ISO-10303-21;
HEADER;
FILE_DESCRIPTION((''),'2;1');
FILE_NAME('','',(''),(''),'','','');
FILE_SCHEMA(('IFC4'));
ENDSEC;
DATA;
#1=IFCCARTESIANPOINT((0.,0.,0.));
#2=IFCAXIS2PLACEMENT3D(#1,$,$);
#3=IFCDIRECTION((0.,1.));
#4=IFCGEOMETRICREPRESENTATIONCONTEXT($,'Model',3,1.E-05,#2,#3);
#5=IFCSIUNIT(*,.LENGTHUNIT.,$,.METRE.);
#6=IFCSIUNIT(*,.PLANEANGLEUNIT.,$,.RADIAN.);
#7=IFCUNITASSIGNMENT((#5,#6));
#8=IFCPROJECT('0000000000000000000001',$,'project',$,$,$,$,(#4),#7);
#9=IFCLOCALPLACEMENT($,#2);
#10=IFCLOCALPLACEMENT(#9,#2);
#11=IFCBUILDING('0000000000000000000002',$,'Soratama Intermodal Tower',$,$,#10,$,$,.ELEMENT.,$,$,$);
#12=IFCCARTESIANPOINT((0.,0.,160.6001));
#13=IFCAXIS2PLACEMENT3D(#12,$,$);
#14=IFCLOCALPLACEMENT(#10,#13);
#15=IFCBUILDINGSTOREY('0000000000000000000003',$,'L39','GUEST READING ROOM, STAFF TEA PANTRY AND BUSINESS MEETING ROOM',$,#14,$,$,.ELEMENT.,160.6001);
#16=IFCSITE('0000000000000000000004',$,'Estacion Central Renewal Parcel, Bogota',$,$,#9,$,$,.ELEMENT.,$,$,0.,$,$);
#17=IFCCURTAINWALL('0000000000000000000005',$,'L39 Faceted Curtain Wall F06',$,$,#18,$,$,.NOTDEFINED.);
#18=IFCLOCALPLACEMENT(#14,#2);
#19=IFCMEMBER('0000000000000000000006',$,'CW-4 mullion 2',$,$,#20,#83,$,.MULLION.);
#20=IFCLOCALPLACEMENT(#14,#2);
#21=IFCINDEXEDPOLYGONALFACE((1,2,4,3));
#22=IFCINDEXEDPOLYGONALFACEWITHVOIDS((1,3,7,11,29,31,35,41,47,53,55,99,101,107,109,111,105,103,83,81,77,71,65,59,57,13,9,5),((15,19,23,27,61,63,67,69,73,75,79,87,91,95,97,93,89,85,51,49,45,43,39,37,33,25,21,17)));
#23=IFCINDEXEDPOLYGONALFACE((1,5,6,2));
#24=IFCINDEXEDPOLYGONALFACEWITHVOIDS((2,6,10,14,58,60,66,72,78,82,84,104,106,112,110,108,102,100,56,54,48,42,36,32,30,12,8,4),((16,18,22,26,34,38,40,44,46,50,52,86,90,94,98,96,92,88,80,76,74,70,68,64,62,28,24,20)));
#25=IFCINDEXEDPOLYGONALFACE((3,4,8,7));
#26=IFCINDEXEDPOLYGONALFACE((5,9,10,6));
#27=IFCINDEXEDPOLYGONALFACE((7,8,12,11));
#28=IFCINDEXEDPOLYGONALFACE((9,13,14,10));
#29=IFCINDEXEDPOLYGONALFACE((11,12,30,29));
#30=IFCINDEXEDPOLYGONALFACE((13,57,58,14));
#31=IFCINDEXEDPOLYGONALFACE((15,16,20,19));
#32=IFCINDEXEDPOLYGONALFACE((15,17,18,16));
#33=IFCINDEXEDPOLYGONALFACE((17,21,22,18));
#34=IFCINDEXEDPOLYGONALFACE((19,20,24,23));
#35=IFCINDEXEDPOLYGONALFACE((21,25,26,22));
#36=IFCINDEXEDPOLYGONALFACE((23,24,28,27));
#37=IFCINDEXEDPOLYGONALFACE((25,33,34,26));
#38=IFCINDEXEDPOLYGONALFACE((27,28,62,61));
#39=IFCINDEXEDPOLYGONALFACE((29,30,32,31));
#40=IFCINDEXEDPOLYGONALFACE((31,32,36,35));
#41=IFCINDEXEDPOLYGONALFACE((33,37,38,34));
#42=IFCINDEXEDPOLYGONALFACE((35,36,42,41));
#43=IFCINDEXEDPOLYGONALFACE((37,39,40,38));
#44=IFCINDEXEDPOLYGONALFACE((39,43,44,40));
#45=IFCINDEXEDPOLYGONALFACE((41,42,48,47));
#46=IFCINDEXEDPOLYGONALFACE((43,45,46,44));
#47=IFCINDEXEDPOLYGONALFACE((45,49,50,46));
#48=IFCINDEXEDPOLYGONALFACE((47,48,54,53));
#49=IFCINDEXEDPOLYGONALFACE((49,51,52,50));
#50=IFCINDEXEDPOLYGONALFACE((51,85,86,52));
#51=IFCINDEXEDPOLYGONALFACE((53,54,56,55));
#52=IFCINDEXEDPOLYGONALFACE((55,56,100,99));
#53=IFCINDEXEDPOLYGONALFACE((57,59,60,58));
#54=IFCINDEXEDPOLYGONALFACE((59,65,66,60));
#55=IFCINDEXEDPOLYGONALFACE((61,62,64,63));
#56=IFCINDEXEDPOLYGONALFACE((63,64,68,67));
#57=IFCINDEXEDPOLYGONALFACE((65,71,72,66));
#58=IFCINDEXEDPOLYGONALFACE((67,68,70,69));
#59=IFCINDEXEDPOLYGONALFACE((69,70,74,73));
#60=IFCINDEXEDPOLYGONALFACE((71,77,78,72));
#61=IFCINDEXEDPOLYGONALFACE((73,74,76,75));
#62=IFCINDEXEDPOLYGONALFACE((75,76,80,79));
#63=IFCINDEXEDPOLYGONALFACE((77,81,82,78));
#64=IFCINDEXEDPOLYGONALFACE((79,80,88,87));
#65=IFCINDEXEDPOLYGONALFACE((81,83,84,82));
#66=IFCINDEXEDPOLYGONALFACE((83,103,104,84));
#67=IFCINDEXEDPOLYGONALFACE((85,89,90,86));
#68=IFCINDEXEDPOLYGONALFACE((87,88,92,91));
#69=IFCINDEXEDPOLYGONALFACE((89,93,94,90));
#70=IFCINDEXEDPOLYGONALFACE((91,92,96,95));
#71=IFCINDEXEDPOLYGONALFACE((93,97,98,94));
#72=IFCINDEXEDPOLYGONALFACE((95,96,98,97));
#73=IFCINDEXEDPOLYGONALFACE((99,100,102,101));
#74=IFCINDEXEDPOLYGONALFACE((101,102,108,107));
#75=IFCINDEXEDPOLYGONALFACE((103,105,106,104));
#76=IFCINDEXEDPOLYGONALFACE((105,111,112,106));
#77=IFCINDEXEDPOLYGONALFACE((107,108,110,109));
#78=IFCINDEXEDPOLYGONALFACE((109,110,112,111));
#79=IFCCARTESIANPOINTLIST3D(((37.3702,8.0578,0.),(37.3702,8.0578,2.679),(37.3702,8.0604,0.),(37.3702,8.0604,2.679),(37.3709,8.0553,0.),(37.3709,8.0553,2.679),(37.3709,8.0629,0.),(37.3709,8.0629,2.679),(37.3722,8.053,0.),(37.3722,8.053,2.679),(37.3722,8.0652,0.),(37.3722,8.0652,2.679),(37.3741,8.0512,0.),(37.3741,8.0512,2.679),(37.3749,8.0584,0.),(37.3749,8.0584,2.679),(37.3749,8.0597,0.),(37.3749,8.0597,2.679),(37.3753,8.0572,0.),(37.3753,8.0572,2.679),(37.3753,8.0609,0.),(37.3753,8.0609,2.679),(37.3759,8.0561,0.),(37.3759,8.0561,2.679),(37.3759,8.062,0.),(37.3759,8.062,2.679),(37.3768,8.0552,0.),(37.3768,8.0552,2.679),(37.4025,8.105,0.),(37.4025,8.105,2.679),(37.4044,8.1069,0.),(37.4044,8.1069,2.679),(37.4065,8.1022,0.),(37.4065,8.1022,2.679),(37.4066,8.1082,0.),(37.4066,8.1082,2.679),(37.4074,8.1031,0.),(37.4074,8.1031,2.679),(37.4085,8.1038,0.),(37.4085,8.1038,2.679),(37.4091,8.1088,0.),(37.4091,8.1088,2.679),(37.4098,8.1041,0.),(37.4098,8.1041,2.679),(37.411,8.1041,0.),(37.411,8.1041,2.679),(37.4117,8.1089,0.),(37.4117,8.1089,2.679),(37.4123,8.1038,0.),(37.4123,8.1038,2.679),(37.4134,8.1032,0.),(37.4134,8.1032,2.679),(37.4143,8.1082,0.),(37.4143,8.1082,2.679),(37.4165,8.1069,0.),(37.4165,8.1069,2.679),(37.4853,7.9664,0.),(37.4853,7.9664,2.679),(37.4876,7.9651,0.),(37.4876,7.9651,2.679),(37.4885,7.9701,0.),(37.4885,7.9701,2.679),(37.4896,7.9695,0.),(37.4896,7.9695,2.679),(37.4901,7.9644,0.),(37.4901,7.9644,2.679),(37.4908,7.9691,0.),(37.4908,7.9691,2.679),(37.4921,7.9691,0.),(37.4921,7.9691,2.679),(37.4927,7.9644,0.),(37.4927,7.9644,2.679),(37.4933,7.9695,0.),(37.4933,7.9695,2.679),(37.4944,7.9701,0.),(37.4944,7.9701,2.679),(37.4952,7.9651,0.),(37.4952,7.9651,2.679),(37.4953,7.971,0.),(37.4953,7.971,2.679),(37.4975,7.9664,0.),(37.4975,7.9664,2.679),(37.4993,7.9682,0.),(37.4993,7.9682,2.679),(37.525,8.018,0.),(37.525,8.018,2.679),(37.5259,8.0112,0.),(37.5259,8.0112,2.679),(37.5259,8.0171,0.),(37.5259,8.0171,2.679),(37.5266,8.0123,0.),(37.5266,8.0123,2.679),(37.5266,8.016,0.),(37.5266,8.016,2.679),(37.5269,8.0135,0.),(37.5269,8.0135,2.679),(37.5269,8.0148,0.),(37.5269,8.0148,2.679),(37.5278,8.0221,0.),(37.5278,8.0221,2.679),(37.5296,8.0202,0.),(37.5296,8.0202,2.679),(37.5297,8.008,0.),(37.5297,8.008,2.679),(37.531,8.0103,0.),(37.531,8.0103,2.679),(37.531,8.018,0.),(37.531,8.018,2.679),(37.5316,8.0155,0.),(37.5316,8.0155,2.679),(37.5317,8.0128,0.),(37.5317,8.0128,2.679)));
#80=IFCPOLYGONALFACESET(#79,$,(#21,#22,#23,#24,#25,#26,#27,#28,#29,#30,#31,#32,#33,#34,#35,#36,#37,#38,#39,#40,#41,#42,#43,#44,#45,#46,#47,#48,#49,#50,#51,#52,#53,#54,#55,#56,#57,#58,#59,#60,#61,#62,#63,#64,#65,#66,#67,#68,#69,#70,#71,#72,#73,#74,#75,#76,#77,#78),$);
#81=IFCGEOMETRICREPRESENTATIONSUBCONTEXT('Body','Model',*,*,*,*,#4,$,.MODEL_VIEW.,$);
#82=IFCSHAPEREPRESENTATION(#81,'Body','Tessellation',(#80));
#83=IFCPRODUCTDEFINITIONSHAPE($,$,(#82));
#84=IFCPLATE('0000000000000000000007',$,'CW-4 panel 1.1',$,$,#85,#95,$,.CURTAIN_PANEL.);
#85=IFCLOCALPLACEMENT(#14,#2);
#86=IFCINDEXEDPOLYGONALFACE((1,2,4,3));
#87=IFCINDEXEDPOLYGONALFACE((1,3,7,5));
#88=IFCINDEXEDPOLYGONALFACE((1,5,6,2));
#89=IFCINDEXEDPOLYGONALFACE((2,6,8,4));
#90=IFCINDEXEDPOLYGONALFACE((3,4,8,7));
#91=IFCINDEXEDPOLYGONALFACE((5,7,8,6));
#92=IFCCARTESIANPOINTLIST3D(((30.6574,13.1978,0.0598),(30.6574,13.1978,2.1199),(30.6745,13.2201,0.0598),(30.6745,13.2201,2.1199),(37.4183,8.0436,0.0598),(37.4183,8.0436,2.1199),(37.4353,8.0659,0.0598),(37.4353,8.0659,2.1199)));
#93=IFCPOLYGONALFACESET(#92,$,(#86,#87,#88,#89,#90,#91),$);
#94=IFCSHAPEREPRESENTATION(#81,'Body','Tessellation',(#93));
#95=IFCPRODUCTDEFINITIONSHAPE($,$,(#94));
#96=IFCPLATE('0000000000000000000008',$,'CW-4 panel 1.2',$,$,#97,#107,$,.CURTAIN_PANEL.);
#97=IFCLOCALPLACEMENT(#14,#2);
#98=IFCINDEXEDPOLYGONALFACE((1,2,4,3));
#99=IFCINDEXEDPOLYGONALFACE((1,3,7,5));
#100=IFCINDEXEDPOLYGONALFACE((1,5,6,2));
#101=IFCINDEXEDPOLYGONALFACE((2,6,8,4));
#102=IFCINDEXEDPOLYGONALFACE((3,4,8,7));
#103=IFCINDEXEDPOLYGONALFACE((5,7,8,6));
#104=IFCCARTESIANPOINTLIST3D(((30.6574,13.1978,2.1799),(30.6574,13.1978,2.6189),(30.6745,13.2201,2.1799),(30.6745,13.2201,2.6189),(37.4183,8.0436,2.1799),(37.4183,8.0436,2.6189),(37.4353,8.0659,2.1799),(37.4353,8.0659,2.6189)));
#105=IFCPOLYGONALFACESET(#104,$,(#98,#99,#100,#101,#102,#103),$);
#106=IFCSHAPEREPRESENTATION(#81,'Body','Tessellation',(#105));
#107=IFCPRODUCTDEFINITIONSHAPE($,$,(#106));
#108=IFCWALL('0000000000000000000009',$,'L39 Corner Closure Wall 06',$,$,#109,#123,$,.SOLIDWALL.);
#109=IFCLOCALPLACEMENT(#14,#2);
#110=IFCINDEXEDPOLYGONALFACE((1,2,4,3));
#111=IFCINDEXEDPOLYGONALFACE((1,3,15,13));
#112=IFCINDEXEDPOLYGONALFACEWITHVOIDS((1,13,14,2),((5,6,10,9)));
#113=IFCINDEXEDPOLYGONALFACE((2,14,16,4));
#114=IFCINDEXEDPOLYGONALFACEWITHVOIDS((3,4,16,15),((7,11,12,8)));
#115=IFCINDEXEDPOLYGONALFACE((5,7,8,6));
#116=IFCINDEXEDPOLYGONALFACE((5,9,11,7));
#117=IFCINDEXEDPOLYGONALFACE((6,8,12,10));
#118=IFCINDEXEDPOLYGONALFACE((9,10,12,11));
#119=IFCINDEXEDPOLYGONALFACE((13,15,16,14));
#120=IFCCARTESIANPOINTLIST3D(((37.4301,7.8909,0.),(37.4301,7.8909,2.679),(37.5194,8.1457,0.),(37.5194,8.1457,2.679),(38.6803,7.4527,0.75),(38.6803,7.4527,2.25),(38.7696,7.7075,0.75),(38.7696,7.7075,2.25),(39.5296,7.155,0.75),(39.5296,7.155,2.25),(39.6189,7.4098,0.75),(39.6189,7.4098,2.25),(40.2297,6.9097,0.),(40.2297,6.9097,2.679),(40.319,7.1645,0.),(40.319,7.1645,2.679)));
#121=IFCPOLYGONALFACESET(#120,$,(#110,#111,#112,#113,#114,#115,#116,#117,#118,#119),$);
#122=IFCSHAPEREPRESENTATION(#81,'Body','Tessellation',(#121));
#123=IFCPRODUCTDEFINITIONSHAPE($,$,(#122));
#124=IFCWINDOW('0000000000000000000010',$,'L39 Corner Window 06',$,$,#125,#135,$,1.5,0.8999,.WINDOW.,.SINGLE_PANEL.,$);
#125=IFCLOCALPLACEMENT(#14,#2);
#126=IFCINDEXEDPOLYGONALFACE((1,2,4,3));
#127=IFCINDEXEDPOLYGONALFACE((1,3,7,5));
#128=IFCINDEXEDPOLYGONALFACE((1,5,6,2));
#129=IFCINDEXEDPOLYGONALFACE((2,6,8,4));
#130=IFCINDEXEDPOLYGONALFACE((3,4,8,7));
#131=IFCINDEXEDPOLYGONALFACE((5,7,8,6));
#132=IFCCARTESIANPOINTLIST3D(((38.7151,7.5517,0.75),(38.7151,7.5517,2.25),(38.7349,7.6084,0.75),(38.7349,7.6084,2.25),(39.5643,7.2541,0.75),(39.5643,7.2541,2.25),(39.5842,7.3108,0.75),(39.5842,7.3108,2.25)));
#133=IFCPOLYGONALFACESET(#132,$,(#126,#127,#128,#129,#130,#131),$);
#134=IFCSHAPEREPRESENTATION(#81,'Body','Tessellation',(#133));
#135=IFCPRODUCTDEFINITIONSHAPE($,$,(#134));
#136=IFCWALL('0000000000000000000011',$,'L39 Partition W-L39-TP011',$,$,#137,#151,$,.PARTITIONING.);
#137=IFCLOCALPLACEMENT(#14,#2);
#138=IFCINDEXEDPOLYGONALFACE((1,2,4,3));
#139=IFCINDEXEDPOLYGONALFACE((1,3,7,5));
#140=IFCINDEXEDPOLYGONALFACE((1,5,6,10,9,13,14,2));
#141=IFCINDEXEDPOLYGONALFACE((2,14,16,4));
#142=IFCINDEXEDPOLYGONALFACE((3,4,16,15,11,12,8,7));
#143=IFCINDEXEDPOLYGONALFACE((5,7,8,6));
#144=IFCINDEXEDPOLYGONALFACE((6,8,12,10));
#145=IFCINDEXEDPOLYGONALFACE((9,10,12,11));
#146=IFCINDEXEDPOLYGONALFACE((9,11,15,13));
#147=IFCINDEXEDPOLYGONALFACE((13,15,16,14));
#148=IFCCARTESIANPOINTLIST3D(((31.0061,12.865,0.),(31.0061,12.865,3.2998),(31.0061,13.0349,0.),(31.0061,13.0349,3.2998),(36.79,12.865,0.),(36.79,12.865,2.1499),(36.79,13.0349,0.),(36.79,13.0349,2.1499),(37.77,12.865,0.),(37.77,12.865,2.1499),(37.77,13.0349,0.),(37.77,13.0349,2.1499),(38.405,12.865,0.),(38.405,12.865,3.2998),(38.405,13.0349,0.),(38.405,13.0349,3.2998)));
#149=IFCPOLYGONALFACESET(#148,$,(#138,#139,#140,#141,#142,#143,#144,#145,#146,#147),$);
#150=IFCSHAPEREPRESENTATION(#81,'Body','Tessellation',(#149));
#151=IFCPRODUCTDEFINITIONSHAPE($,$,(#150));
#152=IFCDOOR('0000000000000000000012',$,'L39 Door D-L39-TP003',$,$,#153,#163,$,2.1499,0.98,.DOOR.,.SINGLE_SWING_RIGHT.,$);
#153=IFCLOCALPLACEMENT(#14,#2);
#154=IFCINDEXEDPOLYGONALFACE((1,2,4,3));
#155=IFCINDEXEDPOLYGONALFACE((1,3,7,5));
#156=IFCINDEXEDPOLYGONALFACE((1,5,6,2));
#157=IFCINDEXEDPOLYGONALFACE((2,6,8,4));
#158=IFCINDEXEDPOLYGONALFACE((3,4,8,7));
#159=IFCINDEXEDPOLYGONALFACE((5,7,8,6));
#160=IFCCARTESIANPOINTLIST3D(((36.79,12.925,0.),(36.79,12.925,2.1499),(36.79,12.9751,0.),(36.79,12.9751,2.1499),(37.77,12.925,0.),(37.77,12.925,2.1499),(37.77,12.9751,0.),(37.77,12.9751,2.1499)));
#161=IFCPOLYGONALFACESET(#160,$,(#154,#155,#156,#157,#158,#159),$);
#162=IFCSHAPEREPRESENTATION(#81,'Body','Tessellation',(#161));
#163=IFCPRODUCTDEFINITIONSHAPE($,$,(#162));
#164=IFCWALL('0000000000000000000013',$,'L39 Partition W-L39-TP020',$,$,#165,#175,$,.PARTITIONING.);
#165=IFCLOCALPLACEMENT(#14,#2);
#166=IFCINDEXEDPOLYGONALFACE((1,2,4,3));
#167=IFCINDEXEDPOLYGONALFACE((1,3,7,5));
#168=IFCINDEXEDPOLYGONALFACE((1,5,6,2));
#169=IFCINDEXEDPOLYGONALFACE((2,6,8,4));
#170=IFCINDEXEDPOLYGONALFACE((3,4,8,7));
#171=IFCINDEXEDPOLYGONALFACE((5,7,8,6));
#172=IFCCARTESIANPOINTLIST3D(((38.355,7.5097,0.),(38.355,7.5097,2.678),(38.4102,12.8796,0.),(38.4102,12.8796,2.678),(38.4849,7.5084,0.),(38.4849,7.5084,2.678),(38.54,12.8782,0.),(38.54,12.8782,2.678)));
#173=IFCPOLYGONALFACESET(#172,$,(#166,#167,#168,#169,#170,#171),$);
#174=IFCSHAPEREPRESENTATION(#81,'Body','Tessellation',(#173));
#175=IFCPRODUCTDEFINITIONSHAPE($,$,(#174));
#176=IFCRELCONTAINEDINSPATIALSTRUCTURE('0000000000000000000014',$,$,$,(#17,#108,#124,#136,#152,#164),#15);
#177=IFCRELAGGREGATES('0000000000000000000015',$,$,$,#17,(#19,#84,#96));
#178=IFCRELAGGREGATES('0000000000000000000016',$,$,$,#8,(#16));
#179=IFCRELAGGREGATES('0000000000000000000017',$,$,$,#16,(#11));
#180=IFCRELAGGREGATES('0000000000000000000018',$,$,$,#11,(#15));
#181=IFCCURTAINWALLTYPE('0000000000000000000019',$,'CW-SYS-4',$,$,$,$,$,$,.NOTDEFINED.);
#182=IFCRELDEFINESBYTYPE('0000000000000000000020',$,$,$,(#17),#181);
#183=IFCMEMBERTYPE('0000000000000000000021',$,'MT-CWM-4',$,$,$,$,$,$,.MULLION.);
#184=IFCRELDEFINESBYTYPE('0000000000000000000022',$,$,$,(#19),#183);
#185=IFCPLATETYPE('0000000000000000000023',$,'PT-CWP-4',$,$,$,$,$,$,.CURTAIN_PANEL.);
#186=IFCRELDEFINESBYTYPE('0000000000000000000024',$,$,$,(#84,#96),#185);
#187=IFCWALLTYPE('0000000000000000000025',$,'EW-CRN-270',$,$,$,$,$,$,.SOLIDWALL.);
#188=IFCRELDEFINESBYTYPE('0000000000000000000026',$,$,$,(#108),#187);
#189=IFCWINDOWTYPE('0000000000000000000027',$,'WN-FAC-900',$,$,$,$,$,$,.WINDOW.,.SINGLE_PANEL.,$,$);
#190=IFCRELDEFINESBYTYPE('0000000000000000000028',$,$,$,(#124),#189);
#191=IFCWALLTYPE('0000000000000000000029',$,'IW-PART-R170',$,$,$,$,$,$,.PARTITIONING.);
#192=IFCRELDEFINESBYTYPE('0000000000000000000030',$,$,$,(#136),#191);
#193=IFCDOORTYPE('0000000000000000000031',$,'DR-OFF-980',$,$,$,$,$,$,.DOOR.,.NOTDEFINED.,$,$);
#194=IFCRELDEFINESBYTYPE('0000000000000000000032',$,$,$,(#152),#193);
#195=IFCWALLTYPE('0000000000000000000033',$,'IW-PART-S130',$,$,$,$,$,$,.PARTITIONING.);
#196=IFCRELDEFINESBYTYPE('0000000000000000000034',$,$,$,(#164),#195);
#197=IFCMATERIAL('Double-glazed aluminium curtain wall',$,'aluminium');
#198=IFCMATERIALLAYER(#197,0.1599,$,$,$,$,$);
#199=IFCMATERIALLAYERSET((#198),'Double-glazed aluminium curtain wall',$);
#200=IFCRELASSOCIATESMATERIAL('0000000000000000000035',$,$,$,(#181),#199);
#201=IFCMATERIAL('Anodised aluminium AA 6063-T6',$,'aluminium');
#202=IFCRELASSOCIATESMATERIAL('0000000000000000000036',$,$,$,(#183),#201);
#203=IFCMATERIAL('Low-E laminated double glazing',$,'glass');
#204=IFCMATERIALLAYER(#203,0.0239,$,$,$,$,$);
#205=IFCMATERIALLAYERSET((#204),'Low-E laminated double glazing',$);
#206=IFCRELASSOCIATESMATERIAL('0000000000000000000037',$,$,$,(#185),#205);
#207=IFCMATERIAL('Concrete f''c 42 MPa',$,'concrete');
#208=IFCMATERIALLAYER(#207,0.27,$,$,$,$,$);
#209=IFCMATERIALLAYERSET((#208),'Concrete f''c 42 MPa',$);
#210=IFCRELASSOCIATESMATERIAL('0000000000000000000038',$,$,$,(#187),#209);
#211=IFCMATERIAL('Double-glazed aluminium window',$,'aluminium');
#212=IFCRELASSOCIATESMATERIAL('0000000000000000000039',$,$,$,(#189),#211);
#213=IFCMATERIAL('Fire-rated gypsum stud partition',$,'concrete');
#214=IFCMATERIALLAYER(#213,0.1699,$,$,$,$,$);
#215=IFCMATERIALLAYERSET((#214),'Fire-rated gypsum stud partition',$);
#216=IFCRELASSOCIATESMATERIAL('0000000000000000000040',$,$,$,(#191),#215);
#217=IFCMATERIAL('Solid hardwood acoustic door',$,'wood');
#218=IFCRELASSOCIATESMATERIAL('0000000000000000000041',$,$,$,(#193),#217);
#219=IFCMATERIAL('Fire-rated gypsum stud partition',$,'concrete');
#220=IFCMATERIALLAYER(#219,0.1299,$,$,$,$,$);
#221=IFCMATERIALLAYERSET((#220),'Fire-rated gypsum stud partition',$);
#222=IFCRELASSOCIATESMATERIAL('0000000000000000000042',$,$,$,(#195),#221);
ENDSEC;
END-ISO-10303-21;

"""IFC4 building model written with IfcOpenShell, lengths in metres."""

from ifc_helpers import new_model, si_unit, direction, frame, frame_2d, origin, origin_2d, place, context, subcontext, project, spatial, rectangle, hollow_rectangle, extrude, material, layer, layer_set, material_profile, profile_set, type_object, element, fill, aggregate, save


model = new_model("IFC4")

# Units and contexts
model_context = context("Model", 3, precision=1e-05, world=origin(), true_north=direction((0.0, 1.0)))
body_context = subcontext(model_context, "Body", "Model", "MODEL_VIEW")
ifc_project = project(units=[si_unit("LENGTHUNIT", "METRE"), si_unit("PLANEANGLEUNIT", "RADIAN")], contexts=[model_context])

# Site, building, storey
site_placement = place(None, origin())
site = spatial("IfcSite", under=ifc_project, at=site_placement, Name="Estacion Central Renewal Parcel, Bogota", CompositionType="ELEMENT", RefElevation=0.0)
building_placement = place(site_placement, origin())
building = spatial("IfcBuilding", under=site, at=building_placement, Name="Soratama Intermodal Tower", CompositionType="ELEMENT")
storey_placement = place(building_placement, frame((0.0, 0.0, 160.6001)))
storey = spatial("IfcBuildingStorey", under=building, at=storey_placement, Name="L39", Description="GUEST READING ROOM, STAFF TEA PANTRY AND BUSINESS MEETING ROOM", CompositionType="ELEMENT", Elevation=160.6001)

# Curtain wall, member, plates
ifc_material_1 = material(Name="Double-glazed aluminium curtain wall", Category="aluminium")
ifc_layer_1 = layer(ifc_material_1, 0.1599)
ifc_layer_set_1 = layer_set([ifc_layer_1], Name="Double-glazed aluminium curtain wall")
curtain_wall_type = type_object("IfcCurtainWallType", Name="CW-SYS-4", PredefinedType="NOTDEFINED", material=ifc_layer_set_1)
curtain_wall_placement = place(storey_placement, origin())
curtain_wall = element("IfcCurtainWall", 1, at=curtain_wall_placement, inside=storey, type_object=curtain_wall_type, Name="L39 Faceted Curtain Wall F06", PredefinedType="NOTDEFINED")
ifc_material_2 = material(Name="Anodised aluminium AA 6063-T6", Category="aluminium")
ifc_material_profile_1 = material_profile(ifc_material_2, hollow_rectangle(XDim=0.0701, YDim=0.1599, WallThickness=0.0049, InnerFilletRadius=0.0049, OuterFilletRadius=0.01, at=origin_2d()), Name="CWM160X70X5")
ifc_profile_set_1 = profile_set([ifc_material_profile_1], Name="Anodised aluminium AA 6063-T6")
member_type = type_object("IfcMemberType", Name="MT-CWM-4", PredefinedType="MULLION", material=ifc_profile_set_1)
member_placement = place(storey_placement, frame((37.4509, 8.0366, 0.0), z_axis=(0.0, 0.0, 1.0), x_axis=(0.606269, 0.79526, 0.0)))
member = element("IfcMember", 2, at=member_placement, type_object=member_type, Name="CW-4 mullion 2", PredefinedType="MULLION", context=body_context, shape_type="SweptSolid", body=[
    extrude(hollow_rectangle(XDim=0.0701, YDim=0.1599, WallThickness=0.0049, InnerFilletRadius=0.0049, OuterFilletRadius=0.01, at=origin_2d()), origin(), (0.0, 0.0, 1.0), 2.679),
])
ifc_material_3 = material(Name="Low-E laminated double glazing", Category="glass")
ifc_layer_2 = layer(ifc_material_3, 0.0239)
ifc_layer_set_2 = layer_set([ifc_layer_2], Name="Low-E laminated double glazing")
plate_type = type_object("IfcPlateType", Name="PT-CWP-4", PredefinedType="CURTAIN_PANEL", material=ifc_layer_set_2)
plate_1_placement = place(storey_placement, frame((34.0464, 10.6318, 0.0598), z_axis=(0.0, 0.0, 1.0), x_axis=(0.79526, -0.606269, 0.0)))
plate_1 = element("IfcPlate", 3, at=plate_1_placement, type_object=plate_type, Name="CW-4 panel 1.1", PredefinedType="CURTAIN_PANEL", context=body_context, shape_type="SweptSolid", body=[
    extrude(rectangle(XDim=8.5015, YDim=0.0281, at=origin_2d()), origin(), (0.0, 0.0, 1.0), 2.0601),
])
plate_2_placement = place(storey_placement, frame((34.0464, 10.6318, 2.1799), z_axis=(0.0, 0.0, 1.0), x_axis=(0.79526, -0.606269, 0.0)))
plate_2 = element("IfcPlate", 4, at=plate_2_placement, type_object=plate_type, Name="CW-4 panel 1.2", PredefinedType="CURTAIN_PANEL", context=body_context, shape_type="SweptSolid", body=[
    extrude(rectangle(XDim=8.5015, YDim=0.0281, at=origin_2d()), origin(), (0.0, 0.0, 1.0), 0.439),
])
aggregate(curtain_wall, [member, plate_1, plate_2])

# Wall, opening, window
ifc_material_4 = material(Name="Concrete f'c 42 MPa", Category="concrete")
ifc_layer_3 = layer(ifc_material_4, 0.27)
ifc_layer_set_3 = layer_set([ifc_layer_3], Name="Concrete f'c 42 MPa")
wall_type_1 = type_object("IfcWallType", Name="EW-CRN-270", PredefinedType="SOLIDWALL", material=ifc_layer_set_3)
wall_1_placement = place(storey_placement, frame((37.4746, 8.0183, 0.0), z_axis=(0.0, 0.0, 1.0), x_axis=(0.943716, -0.330757, 0.0)))
wall_1 = element("IfcWall", 5, at=wall_1_placement, inside=storey, type_object=wall_type_1, Name="L39 Corner Closure Wall 06", PredefinedType="SOLIDWALL", context=body_context, shape_type="SweptSolid", body=[
    extrude(rectangle(XDim=2.9666, YDim=0.27, at=frame_2d((1.4834, 0.0))), origin(), (0.0, 0.0, 1.0), 2.679),
])
opening_1_placement = place(wall_1_placement, frame((1.325, 0.0, 0.75)))
opening_1 = element("IfcOpeningElement", 6, at=opening_1_placement, cuts=wall_1, PredefinedType="OPENING", context=body_context, shape_type="SweptSolid", body=[
    extrude(rectangle(XDim=0.8999, YDim=1.5, at=frame_2d((0.45, 0.75))), frame((0.0, 0.145, 0.0), z_axis=(0.0, -1.0, 0.0), x_axis=(1.0, 0.0, 0.0)), (0.0, 0.0, 1.0), 0.29),
])
ifc_material_5 = material(Name="Double-glazed aluminium window", Category="aluminium")
window_type_1 = type_object("IfcWindowType", Name="WN-FAC-900", PartitioningType="SINGLE_PANEL", PredefinedType="WINDOW", material=ifc_material_5)
window_1_placement = place(opening_1_placement, origin())
window_1 = element("IfcWindow", 7, at=window_1_placement, inside=storey, type_object=window_type_1, Name="L39 Corner Window 06", OverallHeight=1.5, OverallWidth=0.8999, PartitioningType="SINGLE_PANEL", PredefinedType="WINDOW", context=body_context, shape_type="SweptSolid", body=[
    extrude(rectangle(XDim=0.8999, YDim=1.5, at=frame_2d((0.45, 0.75))), frame((0.0, 0.03, 0.0), z_axis=(0.0, -1.0, 0.0), x_axis=(1.0, 0.0, 0.0)), (0.0, 0.0, 1.0), 0.0601),
])
fill(opening_1, window_1)

# Wall, opening, door
ifc_material_6 = material(Name="Fire-rated gypsum stud partition", Category="concrete")
ifc_layer_4 = layer(ifc_material_6, 0.1699)
ifc_layer_set_4 = layer_set([ifc_layer_4], Name="Fire-rated gypsum stud partition")
wall_type_2 = type_object("IfcWallType", Name="IW-PART-R170", PredefinedType="PARTITIONING", material=ifc_layer_set_4)
wall_2_placement = place(storey_placement, frame((38.405, 12.95, 0.0), z_axis=(0.0, 0.0, 1.0), x_axis=(-1.0, 0.0, 0.0)))
wall_2 = element("IfcWall", 8, at=wall_2_placement, inside=storey, type_object=wall_type_2, Name="L39 Partition W-L39-TP011", PredefinedType="PARTITIONING", context=body_context, shape_type="SweptSolid", body=[
    extrude(rectangle(XDim=7.3989, YDim=0.1699, at=frame_2d((3.6995, 0.0))), origin(), (0.0, 0.0, 1.0), 3.2998),
])
opening_2_placement = place(wall_2_placement, frame((0.635, 0.0, 0.0)))
opening_2 = element("IfcOpeningElement", 9, at=opening_2_placement, cuts=wall_2, PredefinedType="OPENING", context=body_context, shape_type="SweptSolid", body=[
    extrude(rectangle(XDim=0.98, YDim=2.1499, at=frame_2d((0.49, 1.075))), frame((0.0, 0.095, 0.0), z_axis=(0.0, -1.0, 0.0), x_axis=(1.0, 0.0, 0.0)), (0.0, 0.0, 1.0), 0.1899),
])
ifc_material_7 = material(Name="Solid hardwood acoustic door", Category="wood")
door_type_1 = type_object("IfcDoorType", Name="DR-OFF-980", OperationType="NOTDEFINED", PredefinedType="DOOR", material=ifc_material_7)
door_1_placement = place(opening_2_placement, origin())
door_1 = element("IfcDoor", 10, at=door_1_placement, inside=storey, type_object=door_type_1, Name="L39 Door D-L39-TP003", OperationType="SINGLE_SWING_RIGHT", OverallHeight=2.1499, OverallWidth=0.98, PredefinedType="DOOR", context=body_context, shape_type="SweptSolid", body=[
    extrude(rectangle(XDim=0.98, YDim=2.1499, at=frame_2d((0.49, 1.075))), frame((0.0, 0.0249, 0.0), z_axis=(0.0, -1.0, 0.0), x_axis=(1.0, 0.0, 0.0)), (0.0, 0.0, 1.0), 0.05),
])
fill(opening_2, door_1)

# Wall
ifc_material_8 = material(Name="Fire-rated gypsum stud partition", Category="concrete")
ifc_layer_5 = layer(ifc_material_8, 0.1299)
ifc_layer_set_5 = layer_set([ifc_layer_5], Name="Fire-rated gypsum stud partition")
wall_type_3 = type_object("IfcWallType", Name="IW-PART-S130", PredefinedType="PARTITIONING", material=ifc_layer_set_5)
wall_3_placement = place(storey_placement, frame((38.4751, 12.8789, 0.0), z_axis=(0.0, 0.0, 1.0), x_axis=(-0.010275, -0.999947, 0.0)))
element("IfcWall", 11, at=wall_3_placement, inside=storey, type_object=wall_type_3, Name="L39 Partition W-L39-TP020", PredefinedType="PARTITIONING", context=body_context, shape_type="SweptSolid", body=[
    extrude(rectangle(XDim=5.3701, YDim=0.1299, at=frame_2d((2.6851, 0.0))), origin(), (0.0, 0.0, 1.0), 2.678),
])

save(model, "model.ifc")
